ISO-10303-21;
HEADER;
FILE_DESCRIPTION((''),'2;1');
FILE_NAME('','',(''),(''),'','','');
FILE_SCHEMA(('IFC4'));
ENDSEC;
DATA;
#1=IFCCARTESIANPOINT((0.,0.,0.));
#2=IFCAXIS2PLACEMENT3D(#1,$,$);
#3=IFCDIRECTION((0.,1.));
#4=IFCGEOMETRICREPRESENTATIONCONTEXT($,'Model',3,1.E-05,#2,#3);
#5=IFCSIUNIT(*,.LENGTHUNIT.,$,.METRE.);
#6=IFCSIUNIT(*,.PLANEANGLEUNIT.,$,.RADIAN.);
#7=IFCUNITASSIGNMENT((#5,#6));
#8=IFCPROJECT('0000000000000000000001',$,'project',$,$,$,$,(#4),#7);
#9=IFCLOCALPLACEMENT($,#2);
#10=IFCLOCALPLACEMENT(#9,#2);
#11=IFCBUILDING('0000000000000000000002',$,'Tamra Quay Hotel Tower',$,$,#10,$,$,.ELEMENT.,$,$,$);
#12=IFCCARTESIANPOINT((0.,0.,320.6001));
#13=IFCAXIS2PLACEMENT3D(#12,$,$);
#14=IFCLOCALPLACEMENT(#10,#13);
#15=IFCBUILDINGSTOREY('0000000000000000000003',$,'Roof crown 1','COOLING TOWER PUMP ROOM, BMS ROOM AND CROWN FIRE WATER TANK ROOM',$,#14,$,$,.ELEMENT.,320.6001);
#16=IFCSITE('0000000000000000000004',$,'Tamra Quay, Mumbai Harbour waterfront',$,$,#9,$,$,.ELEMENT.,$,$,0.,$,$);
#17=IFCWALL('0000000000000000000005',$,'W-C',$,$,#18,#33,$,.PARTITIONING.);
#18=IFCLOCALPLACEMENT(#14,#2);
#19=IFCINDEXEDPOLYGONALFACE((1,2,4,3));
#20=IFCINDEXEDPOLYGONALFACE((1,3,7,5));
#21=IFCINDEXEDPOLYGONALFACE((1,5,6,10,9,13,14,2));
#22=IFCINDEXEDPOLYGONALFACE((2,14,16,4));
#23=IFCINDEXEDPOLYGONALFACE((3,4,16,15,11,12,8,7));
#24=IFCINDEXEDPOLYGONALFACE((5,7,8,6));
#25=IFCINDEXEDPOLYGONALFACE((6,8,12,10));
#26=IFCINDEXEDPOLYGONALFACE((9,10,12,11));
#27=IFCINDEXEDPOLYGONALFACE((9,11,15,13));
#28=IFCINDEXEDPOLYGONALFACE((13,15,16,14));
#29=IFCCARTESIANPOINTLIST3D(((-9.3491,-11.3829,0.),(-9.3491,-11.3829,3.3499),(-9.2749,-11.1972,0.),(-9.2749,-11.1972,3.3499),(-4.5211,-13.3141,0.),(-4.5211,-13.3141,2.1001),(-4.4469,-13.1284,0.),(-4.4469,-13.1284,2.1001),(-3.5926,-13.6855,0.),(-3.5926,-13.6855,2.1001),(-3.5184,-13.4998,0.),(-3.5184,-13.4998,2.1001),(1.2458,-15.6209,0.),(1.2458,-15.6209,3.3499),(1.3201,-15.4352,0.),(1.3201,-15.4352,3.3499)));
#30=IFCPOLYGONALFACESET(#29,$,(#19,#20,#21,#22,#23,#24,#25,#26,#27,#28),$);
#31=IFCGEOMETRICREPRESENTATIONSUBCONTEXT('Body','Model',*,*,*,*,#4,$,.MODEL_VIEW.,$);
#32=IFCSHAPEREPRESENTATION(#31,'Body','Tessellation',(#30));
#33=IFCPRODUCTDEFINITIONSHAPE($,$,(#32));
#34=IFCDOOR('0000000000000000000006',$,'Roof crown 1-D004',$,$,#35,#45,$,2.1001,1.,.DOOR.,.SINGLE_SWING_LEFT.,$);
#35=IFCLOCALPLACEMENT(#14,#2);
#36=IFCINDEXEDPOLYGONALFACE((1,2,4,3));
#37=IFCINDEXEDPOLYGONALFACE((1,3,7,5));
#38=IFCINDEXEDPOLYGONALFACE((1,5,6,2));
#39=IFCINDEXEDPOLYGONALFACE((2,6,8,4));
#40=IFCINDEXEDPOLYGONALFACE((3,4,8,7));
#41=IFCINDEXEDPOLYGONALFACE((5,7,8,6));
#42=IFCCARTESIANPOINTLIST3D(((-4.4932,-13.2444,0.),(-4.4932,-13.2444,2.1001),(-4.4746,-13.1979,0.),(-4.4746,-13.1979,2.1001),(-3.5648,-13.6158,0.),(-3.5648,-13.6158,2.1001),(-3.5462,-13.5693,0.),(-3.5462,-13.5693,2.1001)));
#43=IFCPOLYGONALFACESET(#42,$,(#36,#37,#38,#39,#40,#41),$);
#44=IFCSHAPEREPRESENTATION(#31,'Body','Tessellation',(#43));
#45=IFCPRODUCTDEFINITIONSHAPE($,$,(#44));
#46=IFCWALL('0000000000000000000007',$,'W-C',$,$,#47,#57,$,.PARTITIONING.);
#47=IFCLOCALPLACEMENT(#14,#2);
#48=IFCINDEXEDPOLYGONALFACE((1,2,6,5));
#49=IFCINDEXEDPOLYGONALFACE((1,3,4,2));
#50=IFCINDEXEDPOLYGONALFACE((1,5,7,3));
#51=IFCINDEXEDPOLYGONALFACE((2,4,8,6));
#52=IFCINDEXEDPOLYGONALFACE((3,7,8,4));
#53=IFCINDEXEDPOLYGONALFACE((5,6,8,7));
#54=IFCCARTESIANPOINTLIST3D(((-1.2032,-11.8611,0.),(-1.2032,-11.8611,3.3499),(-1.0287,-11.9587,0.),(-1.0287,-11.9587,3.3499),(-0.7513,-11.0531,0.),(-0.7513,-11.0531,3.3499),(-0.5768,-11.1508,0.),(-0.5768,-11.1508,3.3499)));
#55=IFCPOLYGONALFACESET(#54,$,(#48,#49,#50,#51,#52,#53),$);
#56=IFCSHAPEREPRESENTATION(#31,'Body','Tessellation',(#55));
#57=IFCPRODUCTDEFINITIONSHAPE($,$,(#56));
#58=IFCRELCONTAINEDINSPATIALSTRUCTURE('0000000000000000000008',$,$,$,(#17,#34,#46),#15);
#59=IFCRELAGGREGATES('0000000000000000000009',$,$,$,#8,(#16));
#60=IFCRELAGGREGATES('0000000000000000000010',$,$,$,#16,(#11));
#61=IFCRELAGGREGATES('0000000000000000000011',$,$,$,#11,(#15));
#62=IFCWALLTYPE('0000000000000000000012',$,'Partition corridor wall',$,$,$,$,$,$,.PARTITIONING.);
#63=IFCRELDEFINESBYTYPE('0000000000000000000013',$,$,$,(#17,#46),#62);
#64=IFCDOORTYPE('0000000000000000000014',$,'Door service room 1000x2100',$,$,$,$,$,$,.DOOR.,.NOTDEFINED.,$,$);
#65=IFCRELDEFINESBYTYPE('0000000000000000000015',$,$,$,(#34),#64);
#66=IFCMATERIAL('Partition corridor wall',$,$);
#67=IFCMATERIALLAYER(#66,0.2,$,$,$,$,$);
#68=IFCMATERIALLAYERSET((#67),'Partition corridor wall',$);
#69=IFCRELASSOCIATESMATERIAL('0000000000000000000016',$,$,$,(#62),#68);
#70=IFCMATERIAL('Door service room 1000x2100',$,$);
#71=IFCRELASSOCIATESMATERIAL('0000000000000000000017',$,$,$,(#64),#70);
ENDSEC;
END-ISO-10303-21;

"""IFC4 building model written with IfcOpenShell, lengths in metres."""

from ifc_helpers import new_model, si_unit, direction, frame, frame_2d, origin, place, context, subcontext, project, spatial, rectangle, extrude, material, layer, layer_set, type_object, element, fill, save


model = new_model("IFC4")

# Units and contexts
model_context = context("Model", 3, precision=1e-05, world=origin(), true_north=direction((0.0, 1.0)))
body_context = subcontext(model_context, "Body", "Model", "MODEL_VIEW")
ifc_project = project(units=[si_unit("LENGTHUNIT", "METRE"), si_unit("PLANEANGLEUNIT", "RADIAN")], contexts=[model_context])

# Site, building, storey
site_placement = place(None, origin())
site = spatial("IfcSite", under=ifc_project, at=site_placement, Name="Tamra Quay, Mumbai Harbour waterfront", CompositionType="ELEMENT", RefElevation=0.0)
building_placement = place(site_placement, origin())
building = spatial("IfcBuilding", under=site, at=building_placement, Name="Tamra Quay Hotel Tower", CompositionType="ELEMENT")
storey_placement = place(building_placement, frame((0.0, 0.0, 320.6001)))
storey = spatial("IfcBuildingStorey", under=building, at=storey_placement, Name="Roof crown 1", Description="COOLING TOWER PUMP ROOM, BMS ROOM AND CROWN FIRE WATER TANK ROOM", CompositionType="ELEMENT", Elevation=320.6001)

# Wall, opening, door
ifc_material_1 = material(Name="Partition corridor wall")
ifc_layer_1 = layer(ifc_material_1, 0.2)
ifc_layer_set_1 = layer_set([ifc_layer_1], Name="Partition corridor wall")
wall_type_1 = type_object("IfcWallType", Name="Partition corridor wall", PredefinedType="PARTITIONING", material=ifc_layer_set_1)
wall_1_placement = place(storey_placement, frame((-9.312, -11.29, 0.0), z_axis=(0.0, 0.0, 1.0), x_axis=(0.928475, -0.371394, 0.0)))
wall_1 = element("IfcWall", 1, at=wall_1_placement, inside=storey, type_object=wall_type_1, Name="W-C", PredefinedType="PARTITIONING", context=body_context, shape_type="SweptSolid", body=[
    extrude(rectangle(XDim=11.4111, YDim=0.2, at=frame_2d((5.7056, 0.0))), origin(), (0.0, 0.0, 1.0), 3.3499),
])
opening_placement = place(wall_1_placement, frame((5.2, 0.0, 0.0)))
opening = element("IfcOpeningElement", 2, at=opening_placement, cuts=wall_1, PredefinedType="OPENING", context=body_context, shape_type="SweptSolid", body=[
    extrude(rectangle(XDim=1.0, YDim=2.1001, at=frame_2d((0.5, 1.05))), frame((0.0, 0.1099, 0.0), z_axis=(0.0, -1.0, 0.0), x_axis=(1.0, 0.0, 0.0)), (0.0, 0.0, 1.0), 0.22),
])
ifc_material_2 = material(Name="Door service room 1000x2100")
door_type = type_object("IfcDoorType", Name="Door service room 1000x2100", OperationType="NOTDEFINED", PredefinedType="DOOR", material=ifc_material_2)
door_placement = place(opening_placement, frame((1.0, 0.0, 0.0), z_axis=(0.0, 0.0, 1.0), x_axis=(-1.0, 0.0, 0.0)))
door = element("IfcDoor", 3, at=door_placement, inside=storey, type_object=door_type, Name="Roof crown 1-D004", OperationType="SINGLE_SWING_LEFT", OverallHeight=2.1001, OverallWidth=1.0, PredefinedType="DOOR", context=body_context, shape_type="SweptSolid", body=[
    extrude(rectangle(XDim=1.0, YDim=2.1001, at=frame_2d((0.5, 1.05))), frame((0.0, 0.0249, 0.0), z_axis=(0.0, -1.0, 0.0), x_axis=(1.0, 0.0, 0.0)), (0.0, 0.0, 1.0), 0.05),
])
fill(opening, door)

# Wall
wall_2_placement = place(storey_placement, frame((-1.116, -11.9099, 0.0), z_axis=(0.0, 0.0, 1.0), x_axis=(0.488194, 0.872735, 0.0)))
element("IfcWall", 4, at=wall_2_placement, inside=storey, type_object=wall_type_1, Name="W-C", PredefinedType="PARTITIONING", context=body_context, shape_type="SweptSolid", body=[
    extrude(rectangle(XDim=0.9258, YDim=0.2, at=frame_2d((0.4629, 0.0))), origin(), (0.0, 0.0, 1.0), 3.3499),
])

save(model, "model.ifc")
